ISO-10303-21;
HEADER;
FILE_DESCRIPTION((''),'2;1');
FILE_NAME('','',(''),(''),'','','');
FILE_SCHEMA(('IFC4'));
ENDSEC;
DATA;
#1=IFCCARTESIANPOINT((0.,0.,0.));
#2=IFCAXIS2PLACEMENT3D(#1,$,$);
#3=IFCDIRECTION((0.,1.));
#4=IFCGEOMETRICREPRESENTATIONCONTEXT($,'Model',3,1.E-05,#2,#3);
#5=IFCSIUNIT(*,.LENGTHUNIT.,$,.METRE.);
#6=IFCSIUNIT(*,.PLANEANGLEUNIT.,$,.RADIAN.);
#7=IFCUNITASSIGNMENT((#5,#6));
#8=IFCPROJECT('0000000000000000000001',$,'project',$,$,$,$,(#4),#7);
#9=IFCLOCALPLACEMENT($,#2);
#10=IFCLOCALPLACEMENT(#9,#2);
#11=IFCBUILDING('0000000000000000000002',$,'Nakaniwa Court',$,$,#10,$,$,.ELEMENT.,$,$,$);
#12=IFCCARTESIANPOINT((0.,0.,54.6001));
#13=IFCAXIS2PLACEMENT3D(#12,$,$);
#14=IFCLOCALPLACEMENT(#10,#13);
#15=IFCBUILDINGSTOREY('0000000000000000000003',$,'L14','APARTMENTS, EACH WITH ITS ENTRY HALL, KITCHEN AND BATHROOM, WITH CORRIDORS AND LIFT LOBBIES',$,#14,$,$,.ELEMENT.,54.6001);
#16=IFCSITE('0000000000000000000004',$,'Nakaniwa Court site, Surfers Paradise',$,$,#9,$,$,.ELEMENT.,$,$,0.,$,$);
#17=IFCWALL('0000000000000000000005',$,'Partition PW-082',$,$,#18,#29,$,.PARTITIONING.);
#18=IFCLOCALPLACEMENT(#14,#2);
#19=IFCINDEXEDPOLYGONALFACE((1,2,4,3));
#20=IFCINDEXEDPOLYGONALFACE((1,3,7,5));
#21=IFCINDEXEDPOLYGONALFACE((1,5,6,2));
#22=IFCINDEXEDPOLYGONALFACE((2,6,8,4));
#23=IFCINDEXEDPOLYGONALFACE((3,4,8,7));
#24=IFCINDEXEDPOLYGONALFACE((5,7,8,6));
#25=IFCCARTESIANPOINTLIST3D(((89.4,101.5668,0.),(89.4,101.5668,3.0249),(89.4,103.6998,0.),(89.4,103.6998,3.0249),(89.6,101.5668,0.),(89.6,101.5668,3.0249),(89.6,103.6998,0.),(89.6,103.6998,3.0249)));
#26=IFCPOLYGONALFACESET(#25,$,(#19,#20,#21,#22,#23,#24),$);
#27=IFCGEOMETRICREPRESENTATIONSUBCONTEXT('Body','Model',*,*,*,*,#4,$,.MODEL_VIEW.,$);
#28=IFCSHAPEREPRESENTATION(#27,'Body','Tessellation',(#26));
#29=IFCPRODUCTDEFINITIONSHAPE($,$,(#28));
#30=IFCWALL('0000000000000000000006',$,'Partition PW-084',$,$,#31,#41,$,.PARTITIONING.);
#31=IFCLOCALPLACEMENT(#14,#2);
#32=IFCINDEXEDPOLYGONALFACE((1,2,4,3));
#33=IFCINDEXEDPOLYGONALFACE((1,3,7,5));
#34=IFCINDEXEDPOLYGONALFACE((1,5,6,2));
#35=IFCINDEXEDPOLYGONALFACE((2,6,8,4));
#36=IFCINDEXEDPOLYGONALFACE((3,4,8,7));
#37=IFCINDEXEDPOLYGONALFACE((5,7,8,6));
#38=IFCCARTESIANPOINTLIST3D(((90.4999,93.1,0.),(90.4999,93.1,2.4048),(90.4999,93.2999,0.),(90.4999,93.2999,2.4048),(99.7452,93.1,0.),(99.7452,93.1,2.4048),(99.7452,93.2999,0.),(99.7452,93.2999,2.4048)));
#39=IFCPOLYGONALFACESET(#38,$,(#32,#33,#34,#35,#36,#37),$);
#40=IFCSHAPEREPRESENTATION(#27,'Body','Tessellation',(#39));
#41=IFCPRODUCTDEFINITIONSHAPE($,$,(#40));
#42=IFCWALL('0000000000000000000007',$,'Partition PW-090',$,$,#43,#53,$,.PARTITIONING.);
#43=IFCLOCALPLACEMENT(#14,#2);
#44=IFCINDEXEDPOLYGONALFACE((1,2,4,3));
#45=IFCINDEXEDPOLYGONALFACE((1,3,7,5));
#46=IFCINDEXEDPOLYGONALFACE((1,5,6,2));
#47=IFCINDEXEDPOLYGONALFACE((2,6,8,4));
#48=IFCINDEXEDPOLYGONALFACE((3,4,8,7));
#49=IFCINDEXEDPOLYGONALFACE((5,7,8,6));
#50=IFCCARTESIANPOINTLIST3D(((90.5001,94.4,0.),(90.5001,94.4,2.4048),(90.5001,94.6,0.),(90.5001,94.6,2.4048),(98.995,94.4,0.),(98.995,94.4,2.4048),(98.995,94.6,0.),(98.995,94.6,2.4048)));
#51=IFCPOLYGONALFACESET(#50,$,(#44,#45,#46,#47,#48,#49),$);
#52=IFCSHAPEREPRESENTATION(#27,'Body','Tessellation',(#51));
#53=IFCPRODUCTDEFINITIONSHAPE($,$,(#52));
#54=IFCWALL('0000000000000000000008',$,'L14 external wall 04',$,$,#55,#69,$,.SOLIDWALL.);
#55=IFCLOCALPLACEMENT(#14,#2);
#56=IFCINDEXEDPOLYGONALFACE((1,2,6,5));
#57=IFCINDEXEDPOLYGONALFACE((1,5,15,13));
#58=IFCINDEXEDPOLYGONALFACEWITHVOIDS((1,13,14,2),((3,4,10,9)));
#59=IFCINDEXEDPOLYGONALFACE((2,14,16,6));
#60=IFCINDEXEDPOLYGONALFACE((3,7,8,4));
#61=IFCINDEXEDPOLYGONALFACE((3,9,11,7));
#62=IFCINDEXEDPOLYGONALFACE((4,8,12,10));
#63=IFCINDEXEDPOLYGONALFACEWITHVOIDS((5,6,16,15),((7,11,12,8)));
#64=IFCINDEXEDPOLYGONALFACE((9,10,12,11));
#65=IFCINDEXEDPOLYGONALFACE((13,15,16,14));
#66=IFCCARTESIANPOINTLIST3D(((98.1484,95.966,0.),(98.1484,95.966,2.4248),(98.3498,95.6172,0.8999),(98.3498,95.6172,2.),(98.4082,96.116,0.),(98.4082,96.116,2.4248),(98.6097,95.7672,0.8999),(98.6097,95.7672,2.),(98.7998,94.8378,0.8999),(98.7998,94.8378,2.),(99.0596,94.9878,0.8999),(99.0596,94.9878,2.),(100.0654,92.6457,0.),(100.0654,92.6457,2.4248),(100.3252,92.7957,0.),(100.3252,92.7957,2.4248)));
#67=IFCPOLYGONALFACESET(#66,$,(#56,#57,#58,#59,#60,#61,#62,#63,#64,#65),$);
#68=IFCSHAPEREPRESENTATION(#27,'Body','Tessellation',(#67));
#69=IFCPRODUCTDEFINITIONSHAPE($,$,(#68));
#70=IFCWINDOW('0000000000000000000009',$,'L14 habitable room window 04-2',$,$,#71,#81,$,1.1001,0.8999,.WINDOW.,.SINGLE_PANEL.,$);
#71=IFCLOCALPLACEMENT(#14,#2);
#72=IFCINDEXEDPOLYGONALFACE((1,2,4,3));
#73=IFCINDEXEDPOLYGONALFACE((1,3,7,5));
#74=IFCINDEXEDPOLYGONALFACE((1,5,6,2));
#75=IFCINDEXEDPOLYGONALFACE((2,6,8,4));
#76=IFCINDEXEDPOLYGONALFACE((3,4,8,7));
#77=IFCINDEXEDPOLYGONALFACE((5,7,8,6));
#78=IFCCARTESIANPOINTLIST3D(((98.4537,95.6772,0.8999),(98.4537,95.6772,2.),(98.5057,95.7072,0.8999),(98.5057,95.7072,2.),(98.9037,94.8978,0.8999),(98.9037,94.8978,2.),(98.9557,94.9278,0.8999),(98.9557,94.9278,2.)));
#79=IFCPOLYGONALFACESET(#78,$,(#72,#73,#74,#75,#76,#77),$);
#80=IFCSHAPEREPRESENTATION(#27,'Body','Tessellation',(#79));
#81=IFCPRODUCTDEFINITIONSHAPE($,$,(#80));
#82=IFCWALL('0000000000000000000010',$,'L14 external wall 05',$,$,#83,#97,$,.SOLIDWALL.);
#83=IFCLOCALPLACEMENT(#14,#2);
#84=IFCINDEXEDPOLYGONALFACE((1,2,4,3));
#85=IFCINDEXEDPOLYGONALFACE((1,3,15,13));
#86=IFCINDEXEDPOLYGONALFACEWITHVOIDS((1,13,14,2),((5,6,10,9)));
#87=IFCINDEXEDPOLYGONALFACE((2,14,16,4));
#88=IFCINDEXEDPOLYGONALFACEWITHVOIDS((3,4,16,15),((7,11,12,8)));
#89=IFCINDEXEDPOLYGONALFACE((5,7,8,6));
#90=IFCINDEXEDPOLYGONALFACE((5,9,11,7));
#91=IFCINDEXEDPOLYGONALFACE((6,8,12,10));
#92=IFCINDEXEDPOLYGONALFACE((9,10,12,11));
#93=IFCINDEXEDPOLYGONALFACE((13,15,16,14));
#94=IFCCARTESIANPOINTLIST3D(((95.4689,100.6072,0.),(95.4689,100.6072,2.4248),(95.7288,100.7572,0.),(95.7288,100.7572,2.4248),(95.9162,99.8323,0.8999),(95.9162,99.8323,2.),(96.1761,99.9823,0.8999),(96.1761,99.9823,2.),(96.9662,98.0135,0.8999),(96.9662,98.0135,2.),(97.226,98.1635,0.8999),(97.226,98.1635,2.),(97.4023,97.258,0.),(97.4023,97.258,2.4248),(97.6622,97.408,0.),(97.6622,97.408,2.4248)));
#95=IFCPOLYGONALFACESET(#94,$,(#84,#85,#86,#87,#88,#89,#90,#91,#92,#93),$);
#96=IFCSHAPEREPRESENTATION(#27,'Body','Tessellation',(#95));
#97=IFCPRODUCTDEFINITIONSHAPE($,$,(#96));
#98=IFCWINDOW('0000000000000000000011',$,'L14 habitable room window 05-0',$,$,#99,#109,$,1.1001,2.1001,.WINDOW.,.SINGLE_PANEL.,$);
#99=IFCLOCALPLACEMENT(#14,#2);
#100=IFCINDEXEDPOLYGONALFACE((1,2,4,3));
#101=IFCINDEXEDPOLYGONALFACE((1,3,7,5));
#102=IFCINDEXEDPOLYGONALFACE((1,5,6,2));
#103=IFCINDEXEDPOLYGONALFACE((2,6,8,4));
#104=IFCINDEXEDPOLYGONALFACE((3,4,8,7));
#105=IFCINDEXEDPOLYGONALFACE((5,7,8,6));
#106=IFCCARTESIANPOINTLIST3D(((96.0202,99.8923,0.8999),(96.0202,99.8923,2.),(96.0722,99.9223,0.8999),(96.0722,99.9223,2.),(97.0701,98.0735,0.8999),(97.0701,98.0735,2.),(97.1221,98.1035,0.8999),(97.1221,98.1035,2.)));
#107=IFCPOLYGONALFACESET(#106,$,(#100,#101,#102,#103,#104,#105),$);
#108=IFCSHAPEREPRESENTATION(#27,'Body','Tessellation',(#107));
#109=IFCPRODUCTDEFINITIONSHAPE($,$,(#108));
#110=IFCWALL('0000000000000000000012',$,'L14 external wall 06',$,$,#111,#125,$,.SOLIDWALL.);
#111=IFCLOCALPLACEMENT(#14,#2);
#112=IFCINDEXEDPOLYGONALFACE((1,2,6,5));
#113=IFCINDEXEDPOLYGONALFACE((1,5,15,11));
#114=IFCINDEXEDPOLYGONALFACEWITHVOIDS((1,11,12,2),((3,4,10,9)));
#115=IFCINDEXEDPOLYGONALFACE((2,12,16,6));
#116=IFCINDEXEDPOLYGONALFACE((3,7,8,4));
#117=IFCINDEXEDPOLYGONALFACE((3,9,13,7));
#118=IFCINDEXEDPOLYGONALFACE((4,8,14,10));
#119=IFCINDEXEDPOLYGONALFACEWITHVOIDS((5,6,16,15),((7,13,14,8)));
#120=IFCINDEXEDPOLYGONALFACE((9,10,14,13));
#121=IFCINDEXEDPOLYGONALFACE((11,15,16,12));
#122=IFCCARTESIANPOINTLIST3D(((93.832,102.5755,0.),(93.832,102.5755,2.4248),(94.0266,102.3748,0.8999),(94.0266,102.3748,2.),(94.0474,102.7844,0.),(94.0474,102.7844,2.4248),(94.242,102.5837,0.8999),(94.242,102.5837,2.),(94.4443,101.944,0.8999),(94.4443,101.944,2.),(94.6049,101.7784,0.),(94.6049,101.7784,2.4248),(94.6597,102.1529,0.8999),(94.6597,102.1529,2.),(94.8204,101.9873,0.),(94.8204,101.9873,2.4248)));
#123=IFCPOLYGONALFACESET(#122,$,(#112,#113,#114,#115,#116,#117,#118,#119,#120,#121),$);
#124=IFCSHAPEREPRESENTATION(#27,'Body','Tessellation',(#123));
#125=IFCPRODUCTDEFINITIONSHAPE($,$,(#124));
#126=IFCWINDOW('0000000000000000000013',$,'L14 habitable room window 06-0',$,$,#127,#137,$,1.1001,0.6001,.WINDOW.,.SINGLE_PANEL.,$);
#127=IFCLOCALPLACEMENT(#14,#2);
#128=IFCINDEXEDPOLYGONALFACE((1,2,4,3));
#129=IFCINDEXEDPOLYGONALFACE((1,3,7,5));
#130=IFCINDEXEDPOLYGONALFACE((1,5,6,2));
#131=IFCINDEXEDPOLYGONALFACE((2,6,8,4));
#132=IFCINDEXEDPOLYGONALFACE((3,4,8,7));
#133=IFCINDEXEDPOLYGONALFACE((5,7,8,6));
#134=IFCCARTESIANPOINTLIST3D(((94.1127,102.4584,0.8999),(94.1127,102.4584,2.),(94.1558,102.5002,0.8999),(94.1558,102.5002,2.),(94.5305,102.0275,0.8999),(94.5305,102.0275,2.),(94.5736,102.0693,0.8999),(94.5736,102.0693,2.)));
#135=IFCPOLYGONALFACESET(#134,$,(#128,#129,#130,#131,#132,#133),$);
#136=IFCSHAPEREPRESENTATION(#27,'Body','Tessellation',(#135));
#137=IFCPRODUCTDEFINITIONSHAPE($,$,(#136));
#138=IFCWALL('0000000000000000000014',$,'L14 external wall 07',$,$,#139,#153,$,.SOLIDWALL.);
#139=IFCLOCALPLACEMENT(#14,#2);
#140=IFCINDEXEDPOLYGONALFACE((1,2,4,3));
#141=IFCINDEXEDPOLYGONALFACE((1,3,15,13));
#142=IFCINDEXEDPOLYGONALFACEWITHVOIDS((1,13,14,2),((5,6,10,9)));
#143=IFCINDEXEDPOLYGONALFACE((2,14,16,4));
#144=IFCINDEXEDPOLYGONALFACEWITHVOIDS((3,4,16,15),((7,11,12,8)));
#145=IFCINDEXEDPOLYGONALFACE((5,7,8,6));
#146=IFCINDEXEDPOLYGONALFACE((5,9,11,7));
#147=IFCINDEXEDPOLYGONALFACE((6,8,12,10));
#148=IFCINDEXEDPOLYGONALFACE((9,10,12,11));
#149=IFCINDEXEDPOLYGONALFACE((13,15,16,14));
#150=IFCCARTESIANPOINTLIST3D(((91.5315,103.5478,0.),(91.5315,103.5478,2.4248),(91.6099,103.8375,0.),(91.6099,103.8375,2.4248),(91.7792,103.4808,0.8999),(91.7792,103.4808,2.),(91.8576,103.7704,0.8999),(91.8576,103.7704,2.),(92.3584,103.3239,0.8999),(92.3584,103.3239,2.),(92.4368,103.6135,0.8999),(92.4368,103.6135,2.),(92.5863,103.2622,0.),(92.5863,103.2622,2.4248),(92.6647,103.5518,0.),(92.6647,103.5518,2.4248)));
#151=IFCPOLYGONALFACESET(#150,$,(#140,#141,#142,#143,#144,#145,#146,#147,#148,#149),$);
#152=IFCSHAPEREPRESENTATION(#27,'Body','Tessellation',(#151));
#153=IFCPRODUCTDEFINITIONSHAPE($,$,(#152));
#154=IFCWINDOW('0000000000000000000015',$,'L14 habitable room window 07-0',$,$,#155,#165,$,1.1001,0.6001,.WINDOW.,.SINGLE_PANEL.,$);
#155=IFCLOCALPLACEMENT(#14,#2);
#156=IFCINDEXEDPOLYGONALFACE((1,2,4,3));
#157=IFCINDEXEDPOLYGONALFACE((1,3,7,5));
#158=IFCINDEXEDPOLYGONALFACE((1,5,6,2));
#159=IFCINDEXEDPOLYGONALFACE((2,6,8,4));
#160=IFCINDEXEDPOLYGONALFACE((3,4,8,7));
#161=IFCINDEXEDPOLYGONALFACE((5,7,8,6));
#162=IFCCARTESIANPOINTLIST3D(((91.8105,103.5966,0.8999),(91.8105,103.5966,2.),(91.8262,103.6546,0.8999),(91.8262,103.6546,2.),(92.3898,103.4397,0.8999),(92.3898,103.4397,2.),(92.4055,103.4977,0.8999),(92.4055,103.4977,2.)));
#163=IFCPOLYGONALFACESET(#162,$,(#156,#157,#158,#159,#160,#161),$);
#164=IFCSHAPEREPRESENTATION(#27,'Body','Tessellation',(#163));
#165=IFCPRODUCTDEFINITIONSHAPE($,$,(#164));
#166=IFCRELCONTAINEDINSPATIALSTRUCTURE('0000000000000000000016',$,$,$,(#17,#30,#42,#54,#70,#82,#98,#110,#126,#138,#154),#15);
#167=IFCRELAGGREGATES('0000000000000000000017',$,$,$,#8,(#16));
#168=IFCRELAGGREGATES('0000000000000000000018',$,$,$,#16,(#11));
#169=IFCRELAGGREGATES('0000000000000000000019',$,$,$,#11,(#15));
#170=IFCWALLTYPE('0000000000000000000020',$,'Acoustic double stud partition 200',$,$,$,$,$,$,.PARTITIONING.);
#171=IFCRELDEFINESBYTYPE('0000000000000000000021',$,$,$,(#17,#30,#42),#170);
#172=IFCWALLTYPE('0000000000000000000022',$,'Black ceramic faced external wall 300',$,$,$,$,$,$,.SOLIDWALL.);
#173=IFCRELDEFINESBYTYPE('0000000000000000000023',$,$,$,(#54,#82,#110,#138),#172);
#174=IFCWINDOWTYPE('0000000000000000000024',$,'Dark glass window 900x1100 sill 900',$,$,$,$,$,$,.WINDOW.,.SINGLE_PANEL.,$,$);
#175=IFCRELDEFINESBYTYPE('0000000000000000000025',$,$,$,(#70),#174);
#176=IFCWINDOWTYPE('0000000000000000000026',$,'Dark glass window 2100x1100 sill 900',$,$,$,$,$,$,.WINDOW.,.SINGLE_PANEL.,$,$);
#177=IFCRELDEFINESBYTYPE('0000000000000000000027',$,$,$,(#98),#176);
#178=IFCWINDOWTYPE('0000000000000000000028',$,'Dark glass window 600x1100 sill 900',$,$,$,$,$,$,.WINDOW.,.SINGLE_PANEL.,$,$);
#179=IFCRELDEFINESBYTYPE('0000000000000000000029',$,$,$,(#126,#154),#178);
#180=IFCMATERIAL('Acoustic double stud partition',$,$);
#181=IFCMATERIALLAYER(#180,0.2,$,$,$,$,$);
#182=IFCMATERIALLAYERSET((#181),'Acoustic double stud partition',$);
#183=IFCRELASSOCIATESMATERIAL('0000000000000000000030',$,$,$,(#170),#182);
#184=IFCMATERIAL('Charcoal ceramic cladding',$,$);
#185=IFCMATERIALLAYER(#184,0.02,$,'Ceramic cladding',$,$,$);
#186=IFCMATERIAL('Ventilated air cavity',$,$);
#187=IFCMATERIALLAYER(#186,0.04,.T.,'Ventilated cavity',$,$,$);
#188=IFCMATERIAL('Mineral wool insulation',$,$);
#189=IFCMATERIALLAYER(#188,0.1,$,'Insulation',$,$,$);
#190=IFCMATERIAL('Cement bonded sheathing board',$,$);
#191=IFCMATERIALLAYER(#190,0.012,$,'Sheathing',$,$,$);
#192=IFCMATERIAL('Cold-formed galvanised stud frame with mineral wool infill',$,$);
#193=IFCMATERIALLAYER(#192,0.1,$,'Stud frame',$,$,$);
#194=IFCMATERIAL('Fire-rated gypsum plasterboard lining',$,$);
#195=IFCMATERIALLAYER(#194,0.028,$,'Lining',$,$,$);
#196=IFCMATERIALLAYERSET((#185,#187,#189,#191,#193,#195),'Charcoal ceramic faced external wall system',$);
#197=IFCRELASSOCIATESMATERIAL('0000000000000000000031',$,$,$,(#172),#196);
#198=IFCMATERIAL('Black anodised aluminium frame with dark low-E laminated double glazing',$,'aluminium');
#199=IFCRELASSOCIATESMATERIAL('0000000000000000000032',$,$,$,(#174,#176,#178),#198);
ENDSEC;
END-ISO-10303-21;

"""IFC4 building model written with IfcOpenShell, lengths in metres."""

from ifc_helpers import new_model, si_unit, direction, frame, frame_2d, origin, place, context, subcontext, project, spatial, rectangle, extrude, material, layer, layer_set, type_object, element, fill, save


model = new_model("IFC4")

# Units and contexts
model_context = context("Model", 3, precision=1e-05, world=origin(), true_north=direction((0.0, 1.0)))
body_context = subcontext(model_context, "Body", "Model", "MODEL_VIEW")
ifc_project = project(units=[si_unit("LENGTHUNIT", "METRE"), si_unit("PLANEANGLEUNIT", "RADIAN")], contexts=[model_context])

# Site, building, storey
site_placement = place(None, origin())
site = spatial("IfcSite", under=ifc_project, at=site_placement, Name="Nakaniwa Court site, Surfers Paradise", CompositionType="ELEMENT", RefElevation=0.0)
building_placement = place(site_placement, origin())
building = spatial("IfcBuilding", under=site, at=building_placement, Name="Nakaniwa Court", CompositionType="ELEMENT")
storey_placement = place(building_placement, frame((0.0, 0.0, 54.6001)))
storey = spatial("IfcBuildingStorey", under=building, at=storey_placement, Name="L14", Description="APARTMENTS, EACH WITH ITS ENTRY HALL, KITCHEN AND BATHROOM, WITH CORRIDORS AND LIFT LOBBIES", CompositionType="ELEMENT", Elevation=54.6001)

# Shared definitions
ifc_material_1 = material(Name="Acoustic double stud partition")
ifc_layer_1 = layer(ifc_material_1, 0.2)
ifc_layer_set_1 = layer_set([ifc_layer_1], Name="Acoustic double stud partition")
wall_type_1 = type_object("IfcWallType", Name="Acoustic double stud partition 200", PredefinedType="PARTITIONING", material=ifc_layer_set_1)

# Walls
wall_1_placement = place(storey_placement, frame((89.5, 101.5669, 0.0), z_axis=(0.0, 0.0, 1.0), x_axis=(0.0, 1.0, 0.0)))
element("IfcWall", 1, at=wall_1_placement, inside=storey, type_object=wall_type_1, Name="Partition PW-082", PredefinedType="PARTITIONING", context=body_context, shape_type="SweptSolid", body=[
    extrude(rectangle(XDim=2.1331, YDim=0.2, at=frame_2d((1.0664, 0.0))), origin(), (0.0, 0.0, 1.0), 3.0249),
])
wall_2_placement = place(storey_placement, frame((90.5, 93.2, 0.0), z_axis=(0.0, 0.0, 1.0), x_axis=(1.0, 0.0, 0.0)))
element("IfcWall", 2, at=wall_2_placement, inside=storey, type_object=wall_type_1, Name="Partition PW-084", PredefinedType="PARTITIONING", context=body_context, shape_type="SweptSolid", body=[
    extrude(rectangle(XDim=9.2454, YDim=0.2, at=frame_2d((4.6226, 0.0))), origin(), (0.0, 0.0, 1.0), 2.4048),
])
wall_3_placement = place(storey_placement, frame((90.5, 94.5, 0.0), z_axis=(0.0, 0.0, 1.0), x_axis=(1.0, 0.0, 0.0)))
element("IfcWall", 3, at=wall_3_placement, inside=storey, type_object=wall_type_1, Name="Partition PW-090", PredefinedType="PARTITIONING", context=body_context, shape_type="SweptSolid", body=[
    extrude(rectangle(XDim=8.4949, YDim=0.2, at=frame_2d((4.2476, 0.0))), origin(), (0.0, 0.0, 1.0), 2.4048),
])

# Walls, openings, windows
ifc_material_2 = material(Name="Charcoal ceramic cladding")
ifc_layer_2 = layer(ifc_material_2, 0.02, Name="Ceramic cladding")
ifc_material_3 = material(Name="Ventilated air cavity")
ifc_layer_3 = layer(ifc_material_3, 0.04, ventilated=True, Name="Ventilated cavity")
ifc_material_4 = material(Name="Mineral wool insulation")
ifc_layer_4 = layer(ifc_material_4, 0.1, Name="Insulation")
ifc_material_5 = material(Name="Cement bonded sheathing board")
ifc_layer_5 = layer(ifc_material_5, 0.012, Name="Sheathing")
ifc_material_6 = material(Name="Cold-formed galvanised stud frame with mineral wool infill")
ifc_layer_6 = layer(ifc_material_6, 0.1, Name="Stud frame")
ifc_material_7 = material(Name="Fire-rated gypsum plasterboard lining")
ifc_layer_7 = layer(ifc_material_7, 0.028, Name="Lining")
ifc_layer_set_2 = layer_set([ifc_layer_2, ifc_layer_3, ifc_layer_4, ifc_layer_5, ifc_layer_6, ifc_layer_7], Name="Charcoal ceramic faced external wall system")
wall_type_2 = type_object("IfcWallType", Name="Black ceramic faced external wall 300", PredefinedType="SOLIDWALL", material=ifc_layer_set_2)
wall_4_placement = place(storey_placement, frame((100.1953, 92.7207, 0.0), z_axis=(0.0, 0.0, 1.0), x_axis=(-0.500002, 0.866024, 0.0)))
wall_4 = element("IfcWall", 4, at=wall_4_placement, inside=storey, type_object=wall_type_2, Name="L14 external wall 04", PredefinedType="SOLIDWALL", context=body_context, shape_type="SweptSolid", body=[
    extrude(rectangle(XDim=3.834, YDim=0.3, at=frame_2d((1.917, 0.0))), origin(), (0.0, 0.0, 1.0), 2.4248),
])
opening_1_placement = place(wall_4_placement, frame((2.5312, 0.0, 0.8999)))
opening_1 = element("IfcOpeningElement", 5, at=opening_1_placement, cuts=wall_4, PredefinedType="OPENING", context=body_context, shape_type="SweptSolid", body=[
    extrude(rectangle(XDim=0.8999, YDim=1.1001, at=frame_2d((0.45, 0.55))), frame((0.0, 0.1599, 0.0), z_axis=(0.0, -1.0, 0.0), x_axis=(1.0, 0.0, 0.0)), (0.0, 0.0, 1.0), 0.3201),
])
ifc_material_8 = material(Name="Black anodised aluminium frame with dark low-E laminated double glazing", Category="aluminium")
window_type_1 = type_object("IfcWindowType", Name="Dark glass window 900x1100 sill 900", PartitioningType="SINGLE_PANEL", PredefinedType="WINDOW", material=ifc_material_8)
window_1_placement = place(opening_1_placement, origin())
window_1 = element("IfcWindow", 6, at=window_1_placement, inside=storey, type_object=window_type_1, Name="L14 habitable room window 04-2", OverallHeight=1.1001, OverallWidth=0.8999, PartitioningType="SINGLE_PANEL", PredefinedType="WINDOW", context=body_context, shape_type="SweptSolid", body=[
    extrude(rectangle(XDim=0.8999, YDim=1.1001, at=frame_2d((0.45, 0.55))), frame((0.0, 0.03, 0.0), z_axis=(0.0, -1.0, 0.0), x_axis=(1.0, 0.0, 0.0)), (0.0, 0.0, 1.0), 0.0601),
])
fill(opening_1, window_1)
wall_5_placement = place(storey_placement, frame((97.5322, 97.333, 0.0), z_axis=(0.0, 0.0, 1.0), x_axis=(-0.499948, 0.866055, 0.0)))
wall_5 = element("IfcWall", 7, at=wall_5_placement, inside=storey, type_object=wall_type_2, Name="L14 external wall 05", PredefinedType="SOLIDWALL", context=body_context, shape_type="SweptSolid", body=[
    extrude(rectangle(XDim=3.8672, YDim=0.3, at=frame_2d((1.9336, 0.0))), origin(), (0.0, 0.0, 1.0), 2.4248),
])
opening_2_placement = place(wall_5_placement, frame((0.8723, 0.0, 0.8999)))
opening_2 = element("IfcOpeningElement", 8, at=opening_2_placement, cuts=wall_5, PredefinedType="OPENING", context=body_context, shape_type="SweptSolid", body=[
    extrude(rectangle(XDim=2.1001, YDim=1.1001, at=frame_2d((1.05, 0.55))), frame((0.0, 0.1599, 0.0), z_axis=(0.0, -1.0, 0.0), x_axis=(1.0, 0.0, 0.0)), (0.0, 0.0, 1.0), 0.3201),
])
window_type_2 = type_object("IfcWindowType", Name="Dark glass window 2100x1100 sill 900", PartitioningType="SINGLE_PANEL", PredefinedType="WINDOW", material=ifc_material_8)
window_2_placement = place(opening_2_placement, origin())
window_2 = element("IfcWindow", 9, at=window_2_placement, inside=storey, type_object=window_type_2, Name="L14 habitable room window 05-0", OverallHeight=1.1001, OverallWidth=2.1001, PartitioningType="SINGLE_PANEL", PredefinedType="WINDOW", context=body_context, shape_type="SweptSolid", body=[
    extrude(rectangle(XDim=2.1001, YDim=1.1001, at=frame_2d((1.05, 0.55))), frame((0.0, 0.03, 0.0), z_axis=(0.0, -1.0, 0.0), x_axis=(1.0, 0.0, 0.0)), (0.0, 0.0, 1.0), 0.0601),
])
fill(opening_2, window_2)
wall_6_placement = place(storey_placement, frame((94.7126, 101.8828, 0.0), z_axis=(0.0, 0.0, 1.0), x_axis=(-0.696139, 0.717907, 0.0)))
wall_6 = element("IfcWall", 10, at=wall_6_placement, inside=storey, type_object=wall_type_2, Name="L14 external wall 06", PredefinedType="SOLIDWALL", context=body_context, shape_type="SweptSolid", body=[
    extrude(rectangle(XDim=1.1104, YDim=0.3, at=frame_2d((0.5552, 0.0))), origin(), (0.0, 0.0, 1.0), 2.4248),
])
opening_3_placement = place(wall_6_placement, frame((0.2307, 0.0, 0.8999)))
opening_3 = element("IfcOpeningElement", 11, at=opening_3_placement, cuts=wall_6, PredefinedType="OPENING", context=body_context, shape_type="SweptSolid", body=[
    extrude(rectangle(XDim=0.6001, YDim=1.1001, at=frame_2d((0.3, 0.55))), frame((0.0, 0.1599, 0.0), z_axis=(0.0, -1.0, 0.0), x_axis=(1.0, 0.0, 0.0)), (0.0, 0.0, 1.0), 0.3201),
])
window_type_3 = type_object("IfcWindowType", Name="Dark glass window 600x1100 sill 900", PartitioningType="SINGLE_PANEL", PredefinedType="WINDOW", material=ifc_material_8)
window_3_placement = place(opening_3_placement, origin())
window_3 = element("IfcWindow", 12, at=window_3_placement, inside=storey, type_object=window_type_3, Name="L14 habitable room window 06-0", OverallHeight=1.1001, OverallWidth=0.6001, PartitioningType="SINGLE_PANEL", PredefinedType="WINDOW", context=body_context, shape_type="SweptSolid", body=[
    extrude(rectangle(XDim=0.6001, YDim=1.1001, at=frame_2d((0.3, 0.55))), frame((0.0, 0.03, 0.0), z_axis=(0.0, -1.0, 0.0), x_axis=(1.0, 0.0, 0.0)), (0.0, 0.0, 1.0), 0.0601),
])
fill(opening_3, window_3)
wall_7_placement = place(storey_placement, frame((92.6255, 103.407, 0.0), z_axis=(0.0, 0.0, 1.0), x_axis=(-0.965226, 0.261415, 0.0)))
wall_7 = element("IfcWall", 13, at=wall_7_placement, inside=storey, type_object=wall_type_2, Name="L14 external wall 07", PredefinedType="SOLIDWALL", context=body_context, shape_type="SweptSolid", body=[
    extrude(rectangle(XDim=1.0928, YDim=0.3, at=frame_2d((0.5464, 0.0))), origin(), (0.0, 0.0, 1.0), 2.4248),
])
opening_4_placement = place(wall_7_placement, frame((0.2361, 0.0, 0.8999)))
opening_4 = element("IfcOpeningElement", 14, at=opening_4_placement, cuts=wall_7, PredefinedType="OPENING", context=body_context, shape_type="SweptSolid", body=[
    extrude(rectangle(XDim=0.6001, YDim=1.1001, at=frame_2d((0.3, 0.55))), frame((0.0, 0.1599, 0.0), z_axis=(0.0, -1.0, 0.0), x_axis=(1.0, 0.0, 0.0)), (0.0, 0.0, 1.0), 0.3201),
])
window_4_placement = place(opening_4_placement, origin())
window_4 = element("IfcWindow", 15, at=window_4_placement, inside=storey, type_object=window_type_3, Name="L14 habitable room window 07-0", OverallHeight=1.1001, OverallWidth=0.6001, PartitioningType="SINGLE_PANEL", PredefinedType="WINDOW", context=body_context, shape_type="SweptSolid", body=[
    extrude(rectangle(XDim=0.6001, YDim=1.1001, at=frame_2d((0.3, 0.55))), frame((0.0, 0.03, 0.0), z_axis=(0.0, -1.0, 0.0), x_axis=(1.0, 0.0, 0.0)), (0.0, 0.0, 1.0), 0.0601),
])
fill(opening_4, window_4)

save(model, "model.ifc")
